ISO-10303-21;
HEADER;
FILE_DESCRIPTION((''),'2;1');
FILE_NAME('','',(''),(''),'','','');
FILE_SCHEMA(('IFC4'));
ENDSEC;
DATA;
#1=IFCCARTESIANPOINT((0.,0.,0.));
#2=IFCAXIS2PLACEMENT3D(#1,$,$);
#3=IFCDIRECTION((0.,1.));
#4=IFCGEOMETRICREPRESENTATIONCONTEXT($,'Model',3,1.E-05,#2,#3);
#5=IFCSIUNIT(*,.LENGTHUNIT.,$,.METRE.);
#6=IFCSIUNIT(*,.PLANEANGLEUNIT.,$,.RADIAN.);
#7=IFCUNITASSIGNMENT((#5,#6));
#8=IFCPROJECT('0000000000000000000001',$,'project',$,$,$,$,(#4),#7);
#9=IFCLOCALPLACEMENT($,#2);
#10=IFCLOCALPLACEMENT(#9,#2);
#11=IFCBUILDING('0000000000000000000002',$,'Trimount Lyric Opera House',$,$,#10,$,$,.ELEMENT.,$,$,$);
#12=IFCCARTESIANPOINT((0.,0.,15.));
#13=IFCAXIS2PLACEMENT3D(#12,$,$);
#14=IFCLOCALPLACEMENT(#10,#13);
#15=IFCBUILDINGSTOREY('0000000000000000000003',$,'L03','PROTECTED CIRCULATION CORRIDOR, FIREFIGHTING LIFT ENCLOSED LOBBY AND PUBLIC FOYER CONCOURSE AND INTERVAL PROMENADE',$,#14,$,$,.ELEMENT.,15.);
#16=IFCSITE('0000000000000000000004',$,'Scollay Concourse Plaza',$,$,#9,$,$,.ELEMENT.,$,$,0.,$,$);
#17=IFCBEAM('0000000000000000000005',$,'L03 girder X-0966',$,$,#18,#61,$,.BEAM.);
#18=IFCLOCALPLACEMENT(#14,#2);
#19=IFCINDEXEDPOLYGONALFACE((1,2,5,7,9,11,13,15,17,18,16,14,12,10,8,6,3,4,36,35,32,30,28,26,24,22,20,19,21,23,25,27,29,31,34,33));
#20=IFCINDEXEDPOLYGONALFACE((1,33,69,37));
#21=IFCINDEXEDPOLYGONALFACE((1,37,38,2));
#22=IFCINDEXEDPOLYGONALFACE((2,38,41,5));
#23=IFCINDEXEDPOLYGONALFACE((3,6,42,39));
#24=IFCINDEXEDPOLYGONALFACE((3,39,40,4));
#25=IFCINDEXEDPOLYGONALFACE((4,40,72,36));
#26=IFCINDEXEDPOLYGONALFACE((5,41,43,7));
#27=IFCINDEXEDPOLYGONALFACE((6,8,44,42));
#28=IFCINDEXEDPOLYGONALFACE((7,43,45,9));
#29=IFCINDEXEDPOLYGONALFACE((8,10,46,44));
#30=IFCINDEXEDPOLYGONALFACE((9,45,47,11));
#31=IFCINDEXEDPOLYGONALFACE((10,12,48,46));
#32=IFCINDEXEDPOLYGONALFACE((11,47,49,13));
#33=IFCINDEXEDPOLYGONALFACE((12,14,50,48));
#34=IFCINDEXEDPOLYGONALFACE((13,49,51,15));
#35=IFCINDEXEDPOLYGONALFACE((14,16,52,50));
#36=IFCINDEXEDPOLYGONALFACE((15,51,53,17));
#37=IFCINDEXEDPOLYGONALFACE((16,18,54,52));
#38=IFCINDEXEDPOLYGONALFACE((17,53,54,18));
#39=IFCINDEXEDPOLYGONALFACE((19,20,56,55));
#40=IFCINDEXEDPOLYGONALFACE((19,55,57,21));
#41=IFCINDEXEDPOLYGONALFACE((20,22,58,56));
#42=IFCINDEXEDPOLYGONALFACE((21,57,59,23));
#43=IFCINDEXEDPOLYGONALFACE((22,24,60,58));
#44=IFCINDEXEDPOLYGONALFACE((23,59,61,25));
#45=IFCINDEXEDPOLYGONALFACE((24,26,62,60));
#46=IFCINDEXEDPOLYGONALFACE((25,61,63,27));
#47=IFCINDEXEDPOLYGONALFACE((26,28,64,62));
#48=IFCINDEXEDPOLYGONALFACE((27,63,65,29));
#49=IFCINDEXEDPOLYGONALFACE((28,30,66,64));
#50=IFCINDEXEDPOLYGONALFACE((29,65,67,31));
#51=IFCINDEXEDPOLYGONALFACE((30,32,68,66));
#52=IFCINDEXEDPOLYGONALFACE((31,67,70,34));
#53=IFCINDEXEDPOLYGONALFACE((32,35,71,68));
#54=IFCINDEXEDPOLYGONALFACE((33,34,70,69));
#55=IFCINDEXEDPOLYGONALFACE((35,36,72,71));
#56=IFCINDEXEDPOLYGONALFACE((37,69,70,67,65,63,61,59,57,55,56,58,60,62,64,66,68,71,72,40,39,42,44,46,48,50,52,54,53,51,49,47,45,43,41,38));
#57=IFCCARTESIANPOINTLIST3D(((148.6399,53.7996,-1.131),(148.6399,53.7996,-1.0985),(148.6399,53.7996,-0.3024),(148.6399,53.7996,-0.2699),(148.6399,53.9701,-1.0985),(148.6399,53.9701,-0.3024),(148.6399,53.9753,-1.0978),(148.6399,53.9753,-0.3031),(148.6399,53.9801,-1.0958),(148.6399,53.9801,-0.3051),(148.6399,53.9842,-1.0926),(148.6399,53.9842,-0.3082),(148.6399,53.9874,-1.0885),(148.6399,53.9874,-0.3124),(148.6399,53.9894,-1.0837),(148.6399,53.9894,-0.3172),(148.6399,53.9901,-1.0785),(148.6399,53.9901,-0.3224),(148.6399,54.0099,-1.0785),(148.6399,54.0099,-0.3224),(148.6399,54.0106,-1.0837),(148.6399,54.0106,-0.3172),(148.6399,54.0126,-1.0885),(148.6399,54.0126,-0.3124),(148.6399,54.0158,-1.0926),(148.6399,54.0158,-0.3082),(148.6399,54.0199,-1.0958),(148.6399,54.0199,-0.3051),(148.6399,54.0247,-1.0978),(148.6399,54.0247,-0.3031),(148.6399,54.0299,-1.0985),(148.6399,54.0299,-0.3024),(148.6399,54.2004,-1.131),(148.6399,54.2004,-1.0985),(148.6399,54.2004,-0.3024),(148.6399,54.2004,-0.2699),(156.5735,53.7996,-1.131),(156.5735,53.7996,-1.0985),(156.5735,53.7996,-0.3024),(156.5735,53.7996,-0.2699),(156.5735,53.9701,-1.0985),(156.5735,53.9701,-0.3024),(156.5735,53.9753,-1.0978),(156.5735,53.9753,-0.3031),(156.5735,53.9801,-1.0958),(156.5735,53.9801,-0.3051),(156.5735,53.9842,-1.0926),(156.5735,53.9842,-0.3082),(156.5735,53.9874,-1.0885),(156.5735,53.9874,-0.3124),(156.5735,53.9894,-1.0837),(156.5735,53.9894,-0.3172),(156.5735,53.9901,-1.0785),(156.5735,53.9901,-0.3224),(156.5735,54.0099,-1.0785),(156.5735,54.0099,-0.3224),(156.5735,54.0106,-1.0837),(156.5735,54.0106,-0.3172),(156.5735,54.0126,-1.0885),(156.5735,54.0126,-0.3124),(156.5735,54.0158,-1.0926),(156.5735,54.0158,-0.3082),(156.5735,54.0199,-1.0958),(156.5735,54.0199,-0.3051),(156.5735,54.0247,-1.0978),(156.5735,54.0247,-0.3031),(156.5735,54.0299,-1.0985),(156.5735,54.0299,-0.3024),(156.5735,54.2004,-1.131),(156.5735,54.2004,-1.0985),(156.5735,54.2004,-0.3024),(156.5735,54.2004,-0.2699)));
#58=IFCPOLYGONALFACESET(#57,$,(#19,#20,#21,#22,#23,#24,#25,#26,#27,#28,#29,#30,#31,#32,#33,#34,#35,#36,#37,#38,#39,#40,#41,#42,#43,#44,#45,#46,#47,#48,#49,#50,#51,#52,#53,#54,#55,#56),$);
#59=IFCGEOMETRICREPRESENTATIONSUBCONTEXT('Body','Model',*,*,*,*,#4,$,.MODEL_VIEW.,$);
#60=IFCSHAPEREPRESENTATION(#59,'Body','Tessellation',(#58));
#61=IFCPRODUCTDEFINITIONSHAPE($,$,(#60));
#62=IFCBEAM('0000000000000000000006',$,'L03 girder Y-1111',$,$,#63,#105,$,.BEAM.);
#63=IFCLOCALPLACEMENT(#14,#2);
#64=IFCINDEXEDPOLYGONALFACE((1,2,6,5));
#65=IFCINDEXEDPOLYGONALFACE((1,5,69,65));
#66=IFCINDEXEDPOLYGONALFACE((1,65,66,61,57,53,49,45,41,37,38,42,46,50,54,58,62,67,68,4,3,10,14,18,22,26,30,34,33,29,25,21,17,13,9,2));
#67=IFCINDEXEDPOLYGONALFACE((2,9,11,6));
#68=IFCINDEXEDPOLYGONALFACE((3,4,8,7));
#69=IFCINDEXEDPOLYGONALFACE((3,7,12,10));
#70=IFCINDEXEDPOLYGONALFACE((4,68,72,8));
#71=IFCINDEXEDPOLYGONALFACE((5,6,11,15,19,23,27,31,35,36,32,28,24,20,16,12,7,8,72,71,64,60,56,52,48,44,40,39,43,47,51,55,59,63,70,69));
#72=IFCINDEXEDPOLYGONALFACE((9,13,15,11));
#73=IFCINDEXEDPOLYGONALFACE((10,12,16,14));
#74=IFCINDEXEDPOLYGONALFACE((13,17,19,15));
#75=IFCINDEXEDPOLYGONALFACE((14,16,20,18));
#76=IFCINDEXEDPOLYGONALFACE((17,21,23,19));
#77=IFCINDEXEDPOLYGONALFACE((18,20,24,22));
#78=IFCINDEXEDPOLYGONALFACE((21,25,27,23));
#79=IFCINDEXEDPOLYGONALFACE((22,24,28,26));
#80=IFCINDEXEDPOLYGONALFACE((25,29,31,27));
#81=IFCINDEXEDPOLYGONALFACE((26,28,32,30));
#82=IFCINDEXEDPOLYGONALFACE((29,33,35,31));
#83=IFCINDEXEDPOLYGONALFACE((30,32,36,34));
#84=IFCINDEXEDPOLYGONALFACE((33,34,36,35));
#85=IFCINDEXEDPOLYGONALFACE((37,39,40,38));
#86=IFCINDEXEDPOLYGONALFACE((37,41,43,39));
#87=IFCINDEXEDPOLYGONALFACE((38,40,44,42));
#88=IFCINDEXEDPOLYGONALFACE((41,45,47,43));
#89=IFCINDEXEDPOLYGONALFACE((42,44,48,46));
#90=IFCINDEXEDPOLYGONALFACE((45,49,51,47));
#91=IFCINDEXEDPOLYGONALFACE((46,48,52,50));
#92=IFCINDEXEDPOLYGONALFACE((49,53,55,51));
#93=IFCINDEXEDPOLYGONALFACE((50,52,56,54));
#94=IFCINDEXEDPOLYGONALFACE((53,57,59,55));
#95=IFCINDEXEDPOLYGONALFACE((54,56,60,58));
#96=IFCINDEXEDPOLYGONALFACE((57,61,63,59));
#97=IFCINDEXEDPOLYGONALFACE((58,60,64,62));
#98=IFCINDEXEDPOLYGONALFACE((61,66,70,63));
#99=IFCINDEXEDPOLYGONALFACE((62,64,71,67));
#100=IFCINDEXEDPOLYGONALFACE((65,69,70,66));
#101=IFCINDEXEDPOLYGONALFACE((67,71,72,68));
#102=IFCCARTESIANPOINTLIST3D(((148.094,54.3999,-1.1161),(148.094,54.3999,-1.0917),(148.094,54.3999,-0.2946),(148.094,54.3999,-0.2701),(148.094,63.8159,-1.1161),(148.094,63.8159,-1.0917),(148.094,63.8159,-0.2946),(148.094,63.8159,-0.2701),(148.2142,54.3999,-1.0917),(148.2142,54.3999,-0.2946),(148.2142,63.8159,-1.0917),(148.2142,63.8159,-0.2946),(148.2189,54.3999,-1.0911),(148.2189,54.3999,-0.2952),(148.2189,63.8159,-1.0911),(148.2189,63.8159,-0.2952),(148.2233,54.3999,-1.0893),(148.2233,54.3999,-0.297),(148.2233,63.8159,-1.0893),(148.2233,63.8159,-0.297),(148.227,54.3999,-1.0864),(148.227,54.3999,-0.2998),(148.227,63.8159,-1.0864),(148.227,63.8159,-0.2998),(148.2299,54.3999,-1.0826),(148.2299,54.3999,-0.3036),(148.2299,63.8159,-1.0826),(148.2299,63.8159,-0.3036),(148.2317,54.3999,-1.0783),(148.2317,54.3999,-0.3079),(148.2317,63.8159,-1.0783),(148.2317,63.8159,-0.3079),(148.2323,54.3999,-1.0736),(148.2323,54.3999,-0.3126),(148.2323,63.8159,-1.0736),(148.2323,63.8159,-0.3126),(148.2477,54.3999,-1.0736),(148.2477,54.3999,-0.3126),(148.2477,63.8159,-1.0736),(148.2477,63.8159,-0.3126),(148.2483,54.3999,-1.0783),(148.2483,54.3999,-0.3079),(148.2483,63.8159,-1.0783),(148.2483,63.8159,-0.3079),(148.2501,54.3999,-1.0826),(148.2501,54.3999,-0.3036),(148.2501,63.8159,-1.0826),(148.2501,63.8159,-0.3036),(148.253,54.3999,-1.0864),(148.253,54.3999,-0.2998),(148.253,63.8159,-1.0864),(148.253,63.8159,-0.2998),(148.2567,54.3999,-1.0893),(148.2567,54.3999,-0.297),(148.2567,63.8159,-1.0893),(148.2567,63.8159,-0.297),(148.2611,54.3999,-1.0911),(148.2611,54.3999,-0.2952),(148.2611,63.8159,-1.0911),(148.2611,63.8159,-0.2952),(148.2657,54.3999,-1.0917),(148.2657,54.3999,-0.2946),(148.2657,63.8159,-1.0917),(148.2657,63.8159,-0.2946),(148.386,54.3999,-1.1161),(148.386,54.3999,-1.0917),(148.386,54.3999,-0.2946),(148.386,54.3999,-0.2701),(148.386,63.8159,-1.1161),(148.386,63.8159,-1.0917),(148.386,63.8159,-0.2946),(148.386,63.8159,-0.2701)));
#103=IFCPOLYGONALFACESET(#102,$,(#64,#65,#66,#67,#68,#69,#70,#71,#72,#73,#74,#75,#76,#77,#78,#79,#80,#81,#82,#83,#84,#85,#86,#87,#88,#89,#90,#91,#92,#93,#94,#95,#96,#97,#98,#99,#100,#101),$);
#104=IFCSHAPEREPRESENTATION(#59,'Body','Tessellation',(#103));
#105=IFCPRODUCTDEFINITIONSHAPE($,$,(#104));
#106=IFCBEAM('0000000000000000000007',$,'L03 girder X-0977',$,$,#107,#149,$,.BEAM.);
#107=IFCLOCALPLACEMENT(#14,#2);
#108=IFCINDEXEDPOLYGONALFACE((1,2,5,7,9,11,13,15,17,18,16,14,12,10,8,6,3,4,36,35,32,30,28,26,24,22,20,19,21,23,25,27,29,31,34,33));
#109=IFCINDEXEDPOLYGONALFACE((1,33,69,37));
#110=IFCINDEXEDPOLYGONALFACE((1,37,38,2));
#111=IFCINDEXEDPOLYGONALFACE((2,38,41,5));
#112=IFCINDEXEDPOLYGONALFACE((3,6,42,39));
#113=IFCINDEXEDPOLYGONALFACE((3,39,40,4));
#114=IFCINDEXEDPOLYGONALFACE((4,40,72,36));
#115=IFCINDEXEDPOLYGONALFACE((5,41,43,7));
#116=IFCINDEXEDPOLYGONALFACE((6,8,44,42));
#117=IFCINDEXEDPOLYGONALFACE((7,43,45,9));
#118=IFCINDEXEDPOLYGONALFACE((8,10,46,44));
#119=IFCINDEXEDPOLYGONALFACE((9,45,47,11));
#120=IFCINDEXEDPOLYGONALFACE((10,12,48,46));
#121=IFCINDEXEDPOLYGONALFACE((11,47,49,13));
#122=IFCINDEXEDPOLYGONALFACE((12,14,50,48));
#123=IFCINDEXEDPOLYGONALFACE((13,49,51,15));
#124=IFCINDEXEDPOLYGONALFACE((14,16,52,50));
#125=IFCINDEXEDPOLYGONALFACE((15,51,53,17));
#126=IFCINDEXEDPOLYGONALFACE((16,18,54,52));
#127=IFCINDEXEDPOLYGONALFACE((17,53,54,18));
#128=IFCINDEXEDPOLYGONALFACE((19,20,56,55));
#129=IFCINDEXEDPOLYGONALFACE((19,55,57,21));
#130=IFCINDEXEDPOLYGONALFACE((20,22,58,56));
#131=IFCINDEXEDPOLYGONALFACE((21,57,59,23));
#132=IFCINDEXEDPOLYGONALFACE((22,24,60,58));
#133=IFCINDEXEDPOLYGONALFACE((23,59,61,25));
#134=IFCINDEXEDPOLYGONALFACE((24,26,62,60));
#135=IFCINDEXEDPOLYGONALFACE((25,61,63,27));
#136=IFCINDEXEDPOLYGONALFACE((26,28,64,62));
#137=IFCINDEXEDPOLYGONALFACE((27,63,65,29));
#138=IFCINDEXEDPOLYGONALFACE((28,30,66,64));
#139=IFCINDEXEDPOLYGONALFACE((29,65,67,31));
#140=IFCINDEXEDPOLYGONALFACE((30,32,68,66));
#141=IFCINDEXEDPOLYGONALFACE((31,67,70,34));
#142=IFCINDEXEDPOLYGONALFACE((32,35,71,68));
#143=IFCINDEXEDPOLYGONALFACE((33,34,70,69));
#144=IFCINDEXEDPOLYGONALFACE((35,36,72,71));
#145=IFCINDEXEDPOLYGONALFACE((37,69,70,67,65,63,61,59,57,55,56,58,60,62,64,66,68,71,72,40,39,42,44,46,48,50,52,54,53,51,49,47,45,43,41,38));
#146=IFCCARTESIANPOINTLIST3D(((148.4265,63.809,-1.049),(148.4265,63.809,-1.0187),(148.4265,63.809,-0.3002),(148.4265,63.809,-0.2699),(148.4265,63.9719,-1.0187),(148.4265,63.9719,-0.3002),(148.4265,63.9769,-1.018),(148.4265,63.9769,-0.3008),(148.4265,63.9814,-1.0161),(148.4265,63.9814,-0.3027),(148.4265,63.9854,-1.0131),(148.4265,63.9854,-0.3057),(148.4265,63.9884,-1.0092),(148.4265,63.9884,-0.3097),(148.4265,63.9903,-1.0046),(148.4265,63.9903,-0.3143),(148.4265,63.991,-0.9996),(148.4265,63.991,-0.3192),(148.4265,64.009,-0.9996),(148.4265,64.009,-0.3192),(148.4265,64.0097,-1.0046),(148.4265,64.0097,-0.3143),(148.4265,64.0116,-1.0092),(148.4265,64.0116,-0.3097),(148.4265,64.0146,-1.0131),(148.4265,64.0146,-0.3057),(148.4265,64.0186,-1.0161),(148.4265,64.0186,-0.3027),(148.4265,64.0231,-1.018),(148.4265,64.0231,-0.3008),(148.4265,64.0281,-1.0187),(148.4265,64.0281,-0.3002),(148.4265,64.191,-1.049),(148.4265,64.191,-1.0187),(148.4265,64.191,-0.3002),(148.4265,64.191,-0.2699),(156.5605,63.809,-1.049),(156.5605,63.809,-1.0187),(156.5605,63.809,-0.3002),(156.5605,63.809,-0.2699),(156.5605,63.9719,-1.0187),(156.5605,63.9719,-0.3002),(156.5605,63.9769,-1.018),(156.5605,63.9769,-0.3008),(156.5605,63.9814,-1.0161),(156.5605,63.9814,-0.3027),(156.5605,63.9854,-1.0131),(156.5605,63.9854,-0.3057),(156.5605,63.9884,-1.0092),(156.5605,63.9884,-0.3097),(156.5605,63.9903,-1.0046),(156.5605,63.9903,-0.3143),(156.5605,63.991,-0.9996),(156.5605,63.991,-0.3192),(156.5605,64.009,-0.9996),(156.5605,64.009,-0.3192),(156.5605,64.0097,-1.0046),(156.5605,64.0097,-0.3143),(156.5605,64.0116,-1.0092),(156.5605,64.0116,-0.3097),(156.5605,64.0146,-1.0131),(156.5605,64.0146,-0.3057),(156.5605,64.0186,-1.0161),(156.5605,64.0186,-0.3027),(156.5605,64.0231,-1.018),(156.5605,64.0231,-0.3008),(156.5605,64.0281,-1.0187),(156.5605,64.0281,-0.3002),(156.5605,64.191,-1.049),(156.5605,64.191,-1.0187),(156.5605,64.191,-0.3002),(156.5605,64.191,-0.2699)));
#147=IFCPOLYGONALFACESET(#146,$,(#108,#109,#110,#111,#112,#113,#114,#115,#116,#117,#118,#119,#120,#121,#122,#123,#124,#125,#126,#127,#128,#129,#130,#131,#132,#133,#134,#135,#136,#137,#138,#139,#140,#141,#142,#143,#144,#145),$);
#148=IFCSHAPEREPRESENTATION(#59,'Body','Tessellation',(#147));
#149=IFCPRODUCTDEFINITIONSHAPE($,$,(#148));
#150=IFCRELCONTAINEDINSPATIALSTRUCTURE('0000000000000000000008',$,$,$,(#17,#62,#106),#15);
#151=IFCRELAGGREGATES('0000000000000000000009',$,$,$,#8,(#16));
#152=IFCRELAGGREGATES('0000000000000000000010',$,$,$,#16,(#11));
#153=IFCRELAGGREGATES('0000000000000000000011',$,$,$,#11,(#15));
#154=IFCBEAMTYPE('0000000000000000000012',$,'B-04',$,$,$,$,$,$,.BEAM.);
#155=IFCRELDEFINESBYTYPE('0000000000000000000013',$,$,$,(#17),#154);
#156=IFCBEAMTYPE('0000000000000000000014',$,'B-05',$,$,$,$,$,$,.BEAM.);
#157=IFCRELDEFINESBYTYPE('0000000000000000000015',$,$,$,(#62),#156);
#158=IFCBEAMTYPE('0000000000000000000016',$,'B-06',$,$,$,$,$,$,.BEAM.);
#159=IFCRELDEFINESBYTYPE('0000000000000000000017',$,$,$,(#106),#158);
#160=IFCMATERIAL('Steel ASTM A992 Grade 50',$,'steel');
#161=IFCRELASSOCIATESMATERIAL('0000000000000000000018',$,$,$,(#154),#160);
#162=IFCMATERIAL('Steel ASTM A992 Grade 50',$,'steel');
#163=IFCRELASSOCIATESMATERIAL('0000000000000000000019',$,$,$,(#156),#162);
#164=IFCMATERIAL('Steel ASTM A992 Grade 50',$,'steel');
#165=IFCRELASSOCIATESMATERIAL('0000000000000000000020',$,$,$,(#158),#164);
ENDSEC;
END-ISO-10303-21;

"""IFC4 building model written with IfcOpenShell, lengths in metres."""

from ifc_helpers import new_model, si_unit, direction, frame, origin, origin_2d, place, context, subcontext, project, spatial, i_section, extrude, material, material_profile, profile_set, type_object, element, save


model = new_model("IFC4")

# Units and contexts
model_context = context("Model", 3, precision=1e-05, world=origin(), true_north=direction((0.0, 1.0)))
body_context = subcontext(model_context, "Body", "Model", "MODEL_VIEW")
ifc_project = project(units=[si_unit("LENGTHUNIT", "METRE"), si_unit("PLANEANGLEUNIT", "RADIAN")], contexts=[model_context])

# Site, building, storey
site_placement = place(None, origin())
site = spatial("IfcSite", under=ifc_project, at=site_placement, Name="Scollay Concourse Plaza", CompositionType="ELEMENT", RefElevation=0.0)
building_placement = place(site_placement, origin())
building = spatial("IfcBuilding", under=site, at=building_placement, Name="Trimount Lyric Opera House", CompositionType="ELEMENT")
storey_placement = place(building_placement, frame((0.0, 0.0, 15.0)))
storey = spatial("IfcBuildingStorey", under=building, at=storey_placement, Name="L03", Description="PROTECTED CIRCULATION CORRIDOR, FIREFIGHTING LIFT ENCLOSED LOBBY AND PUBLIC FOYER CONCOURSE AND INTERVAL PROMENADE", CompositionType="ELEMENT", Elevation=15.0)

# Beams
ifc_material_1 = material(Name="Steel ASTM A992 Grade 50", Category="steel")
ifc_material_profile_1 = material_profile(ifc_material_1, i_section(OverallWidth=0.4009, OverallDepth=0.8611, WebThickness=0.0198, FlangeThickness=0.0325, FilletRadius=0.02, at=origin_2d()), Name="W33X221")
ifc_profile_set_1 = profile_set([ifc_material_profile_1], Name="Steel ASTM A992 Grade 50")
beam_type_1 = type_object("IfcBeamType", Name="B-04", PredefinedType="BEAM", material=ifc_profile_set_1)
beam_1_placement = place(storey_placement, frame((148.6399, 54.0, -0.7004), z_axis=(1.0, 0.0, 0.0), x_axis=(0.0, 1.0, 0.0)))
element("IfcBeam", 1, at=beam_1_placement, inside=storey, type_object=beam_type_1, Name="L03 girder X-0966", PredefinedType="BEAM", context=body_context, shape_type="SweptSolid", body=[
    extrude(i_section(OverallWidth=0.4009, OverallDepth=0.8611, WebThickness=0.0198, FlangeThickness=0.0325, FilletRadius=0.02, at=origin_2d()), origin(), (0.0, 0.0, 1.0), 7.9336),
])
ifc_material_2 = material(Name="Steel ASTM A992 Grade 50", Category="steel")
ifc_material_profile_2 = material_profile(ifc_material_2, i_section(OverallWidth=0.292, OverallDepth=0.8459, WebThickness=0.0154, FlangeThickness=0.0244, FilletRadius=0.0181, at=origin_2d()), Name="W33X141")
ifc_profile_set_2 = profile_set([ifc_material_profile_2], Name="Steel ASTM A992 Grade 50")
beam_type_2 = type_object("IfcBeamType", Name="B-05", PredefinedType="BEAM", material=ifc_profile_set_2)
beam_2_placement = place(storey_placement, frame((148.24, 54.3999, -0.6931), z_axis=(0.0, 1.0, 0.0), x_axis=(-1.0, 0.0, 0.0)))
element("IfcBeam", 2, at=beam_2_placement, inside=storey, type_object=beam_type_2, Name="L03 girder Y-1111", PredefinedType="BEAM", context=body_context, shape_type="SweptSolid", body=[
    extrude(i_section(OverallWidth=0.292, OverallDepth=0.8459, WebThickness=0.0154, FlangeThickness=0.0244, FilletRadius=0.0181, at=origin_2d()), origin(), (0.0, 0.0, 1.0), 9.416),
])
ifc_material_3 = material(Name="Steel ASTM A992 Grade 50", Category="steel")
ifc_material_profile_3 = material_profile(ifc_material_3, i_section(OverallWidth=0.3821, OverallDepth=0.7791, WebThickness=0.0181, FlangeThickness=0.0303, FilletRadius=0.019, at=origin_2d()), Name="W30X191")
ifc_profile_set_3 = profile_set([ifc_material_profile_3], Name="Steel ASTM A992 Grade 50")
beam_type_3 = type_object("IfcBeamType", Name="B-06", PredefinedType="BEAM", material=ifc_profile_set_3)
beam_3_placement = place(storey_placement, frame((148.4265, 64.0, -0.6594), z_axis=(1.0, 0.0, 0.0), x_axis=(0.0, 1.0, 0.0)))
element("IfcBeam", 3, at=beam_3_placement, inside=storey, type_object=beam_type_3, Name="L03 girder X-0977", PredefinedType="BEAM", context=body_context, shape_type="SweptSolid", body=[
    extrude(i_section(OverallWidth=0.3821, OverallDepth=0.7791, WebThickness=0.0181, FlangeThickness=0.0303, FilletRadius=0.019, at=origin_2d()), origin(), (0.0, 0.0, 1.0), 8.134),
])

save(model, "model.ifc")
